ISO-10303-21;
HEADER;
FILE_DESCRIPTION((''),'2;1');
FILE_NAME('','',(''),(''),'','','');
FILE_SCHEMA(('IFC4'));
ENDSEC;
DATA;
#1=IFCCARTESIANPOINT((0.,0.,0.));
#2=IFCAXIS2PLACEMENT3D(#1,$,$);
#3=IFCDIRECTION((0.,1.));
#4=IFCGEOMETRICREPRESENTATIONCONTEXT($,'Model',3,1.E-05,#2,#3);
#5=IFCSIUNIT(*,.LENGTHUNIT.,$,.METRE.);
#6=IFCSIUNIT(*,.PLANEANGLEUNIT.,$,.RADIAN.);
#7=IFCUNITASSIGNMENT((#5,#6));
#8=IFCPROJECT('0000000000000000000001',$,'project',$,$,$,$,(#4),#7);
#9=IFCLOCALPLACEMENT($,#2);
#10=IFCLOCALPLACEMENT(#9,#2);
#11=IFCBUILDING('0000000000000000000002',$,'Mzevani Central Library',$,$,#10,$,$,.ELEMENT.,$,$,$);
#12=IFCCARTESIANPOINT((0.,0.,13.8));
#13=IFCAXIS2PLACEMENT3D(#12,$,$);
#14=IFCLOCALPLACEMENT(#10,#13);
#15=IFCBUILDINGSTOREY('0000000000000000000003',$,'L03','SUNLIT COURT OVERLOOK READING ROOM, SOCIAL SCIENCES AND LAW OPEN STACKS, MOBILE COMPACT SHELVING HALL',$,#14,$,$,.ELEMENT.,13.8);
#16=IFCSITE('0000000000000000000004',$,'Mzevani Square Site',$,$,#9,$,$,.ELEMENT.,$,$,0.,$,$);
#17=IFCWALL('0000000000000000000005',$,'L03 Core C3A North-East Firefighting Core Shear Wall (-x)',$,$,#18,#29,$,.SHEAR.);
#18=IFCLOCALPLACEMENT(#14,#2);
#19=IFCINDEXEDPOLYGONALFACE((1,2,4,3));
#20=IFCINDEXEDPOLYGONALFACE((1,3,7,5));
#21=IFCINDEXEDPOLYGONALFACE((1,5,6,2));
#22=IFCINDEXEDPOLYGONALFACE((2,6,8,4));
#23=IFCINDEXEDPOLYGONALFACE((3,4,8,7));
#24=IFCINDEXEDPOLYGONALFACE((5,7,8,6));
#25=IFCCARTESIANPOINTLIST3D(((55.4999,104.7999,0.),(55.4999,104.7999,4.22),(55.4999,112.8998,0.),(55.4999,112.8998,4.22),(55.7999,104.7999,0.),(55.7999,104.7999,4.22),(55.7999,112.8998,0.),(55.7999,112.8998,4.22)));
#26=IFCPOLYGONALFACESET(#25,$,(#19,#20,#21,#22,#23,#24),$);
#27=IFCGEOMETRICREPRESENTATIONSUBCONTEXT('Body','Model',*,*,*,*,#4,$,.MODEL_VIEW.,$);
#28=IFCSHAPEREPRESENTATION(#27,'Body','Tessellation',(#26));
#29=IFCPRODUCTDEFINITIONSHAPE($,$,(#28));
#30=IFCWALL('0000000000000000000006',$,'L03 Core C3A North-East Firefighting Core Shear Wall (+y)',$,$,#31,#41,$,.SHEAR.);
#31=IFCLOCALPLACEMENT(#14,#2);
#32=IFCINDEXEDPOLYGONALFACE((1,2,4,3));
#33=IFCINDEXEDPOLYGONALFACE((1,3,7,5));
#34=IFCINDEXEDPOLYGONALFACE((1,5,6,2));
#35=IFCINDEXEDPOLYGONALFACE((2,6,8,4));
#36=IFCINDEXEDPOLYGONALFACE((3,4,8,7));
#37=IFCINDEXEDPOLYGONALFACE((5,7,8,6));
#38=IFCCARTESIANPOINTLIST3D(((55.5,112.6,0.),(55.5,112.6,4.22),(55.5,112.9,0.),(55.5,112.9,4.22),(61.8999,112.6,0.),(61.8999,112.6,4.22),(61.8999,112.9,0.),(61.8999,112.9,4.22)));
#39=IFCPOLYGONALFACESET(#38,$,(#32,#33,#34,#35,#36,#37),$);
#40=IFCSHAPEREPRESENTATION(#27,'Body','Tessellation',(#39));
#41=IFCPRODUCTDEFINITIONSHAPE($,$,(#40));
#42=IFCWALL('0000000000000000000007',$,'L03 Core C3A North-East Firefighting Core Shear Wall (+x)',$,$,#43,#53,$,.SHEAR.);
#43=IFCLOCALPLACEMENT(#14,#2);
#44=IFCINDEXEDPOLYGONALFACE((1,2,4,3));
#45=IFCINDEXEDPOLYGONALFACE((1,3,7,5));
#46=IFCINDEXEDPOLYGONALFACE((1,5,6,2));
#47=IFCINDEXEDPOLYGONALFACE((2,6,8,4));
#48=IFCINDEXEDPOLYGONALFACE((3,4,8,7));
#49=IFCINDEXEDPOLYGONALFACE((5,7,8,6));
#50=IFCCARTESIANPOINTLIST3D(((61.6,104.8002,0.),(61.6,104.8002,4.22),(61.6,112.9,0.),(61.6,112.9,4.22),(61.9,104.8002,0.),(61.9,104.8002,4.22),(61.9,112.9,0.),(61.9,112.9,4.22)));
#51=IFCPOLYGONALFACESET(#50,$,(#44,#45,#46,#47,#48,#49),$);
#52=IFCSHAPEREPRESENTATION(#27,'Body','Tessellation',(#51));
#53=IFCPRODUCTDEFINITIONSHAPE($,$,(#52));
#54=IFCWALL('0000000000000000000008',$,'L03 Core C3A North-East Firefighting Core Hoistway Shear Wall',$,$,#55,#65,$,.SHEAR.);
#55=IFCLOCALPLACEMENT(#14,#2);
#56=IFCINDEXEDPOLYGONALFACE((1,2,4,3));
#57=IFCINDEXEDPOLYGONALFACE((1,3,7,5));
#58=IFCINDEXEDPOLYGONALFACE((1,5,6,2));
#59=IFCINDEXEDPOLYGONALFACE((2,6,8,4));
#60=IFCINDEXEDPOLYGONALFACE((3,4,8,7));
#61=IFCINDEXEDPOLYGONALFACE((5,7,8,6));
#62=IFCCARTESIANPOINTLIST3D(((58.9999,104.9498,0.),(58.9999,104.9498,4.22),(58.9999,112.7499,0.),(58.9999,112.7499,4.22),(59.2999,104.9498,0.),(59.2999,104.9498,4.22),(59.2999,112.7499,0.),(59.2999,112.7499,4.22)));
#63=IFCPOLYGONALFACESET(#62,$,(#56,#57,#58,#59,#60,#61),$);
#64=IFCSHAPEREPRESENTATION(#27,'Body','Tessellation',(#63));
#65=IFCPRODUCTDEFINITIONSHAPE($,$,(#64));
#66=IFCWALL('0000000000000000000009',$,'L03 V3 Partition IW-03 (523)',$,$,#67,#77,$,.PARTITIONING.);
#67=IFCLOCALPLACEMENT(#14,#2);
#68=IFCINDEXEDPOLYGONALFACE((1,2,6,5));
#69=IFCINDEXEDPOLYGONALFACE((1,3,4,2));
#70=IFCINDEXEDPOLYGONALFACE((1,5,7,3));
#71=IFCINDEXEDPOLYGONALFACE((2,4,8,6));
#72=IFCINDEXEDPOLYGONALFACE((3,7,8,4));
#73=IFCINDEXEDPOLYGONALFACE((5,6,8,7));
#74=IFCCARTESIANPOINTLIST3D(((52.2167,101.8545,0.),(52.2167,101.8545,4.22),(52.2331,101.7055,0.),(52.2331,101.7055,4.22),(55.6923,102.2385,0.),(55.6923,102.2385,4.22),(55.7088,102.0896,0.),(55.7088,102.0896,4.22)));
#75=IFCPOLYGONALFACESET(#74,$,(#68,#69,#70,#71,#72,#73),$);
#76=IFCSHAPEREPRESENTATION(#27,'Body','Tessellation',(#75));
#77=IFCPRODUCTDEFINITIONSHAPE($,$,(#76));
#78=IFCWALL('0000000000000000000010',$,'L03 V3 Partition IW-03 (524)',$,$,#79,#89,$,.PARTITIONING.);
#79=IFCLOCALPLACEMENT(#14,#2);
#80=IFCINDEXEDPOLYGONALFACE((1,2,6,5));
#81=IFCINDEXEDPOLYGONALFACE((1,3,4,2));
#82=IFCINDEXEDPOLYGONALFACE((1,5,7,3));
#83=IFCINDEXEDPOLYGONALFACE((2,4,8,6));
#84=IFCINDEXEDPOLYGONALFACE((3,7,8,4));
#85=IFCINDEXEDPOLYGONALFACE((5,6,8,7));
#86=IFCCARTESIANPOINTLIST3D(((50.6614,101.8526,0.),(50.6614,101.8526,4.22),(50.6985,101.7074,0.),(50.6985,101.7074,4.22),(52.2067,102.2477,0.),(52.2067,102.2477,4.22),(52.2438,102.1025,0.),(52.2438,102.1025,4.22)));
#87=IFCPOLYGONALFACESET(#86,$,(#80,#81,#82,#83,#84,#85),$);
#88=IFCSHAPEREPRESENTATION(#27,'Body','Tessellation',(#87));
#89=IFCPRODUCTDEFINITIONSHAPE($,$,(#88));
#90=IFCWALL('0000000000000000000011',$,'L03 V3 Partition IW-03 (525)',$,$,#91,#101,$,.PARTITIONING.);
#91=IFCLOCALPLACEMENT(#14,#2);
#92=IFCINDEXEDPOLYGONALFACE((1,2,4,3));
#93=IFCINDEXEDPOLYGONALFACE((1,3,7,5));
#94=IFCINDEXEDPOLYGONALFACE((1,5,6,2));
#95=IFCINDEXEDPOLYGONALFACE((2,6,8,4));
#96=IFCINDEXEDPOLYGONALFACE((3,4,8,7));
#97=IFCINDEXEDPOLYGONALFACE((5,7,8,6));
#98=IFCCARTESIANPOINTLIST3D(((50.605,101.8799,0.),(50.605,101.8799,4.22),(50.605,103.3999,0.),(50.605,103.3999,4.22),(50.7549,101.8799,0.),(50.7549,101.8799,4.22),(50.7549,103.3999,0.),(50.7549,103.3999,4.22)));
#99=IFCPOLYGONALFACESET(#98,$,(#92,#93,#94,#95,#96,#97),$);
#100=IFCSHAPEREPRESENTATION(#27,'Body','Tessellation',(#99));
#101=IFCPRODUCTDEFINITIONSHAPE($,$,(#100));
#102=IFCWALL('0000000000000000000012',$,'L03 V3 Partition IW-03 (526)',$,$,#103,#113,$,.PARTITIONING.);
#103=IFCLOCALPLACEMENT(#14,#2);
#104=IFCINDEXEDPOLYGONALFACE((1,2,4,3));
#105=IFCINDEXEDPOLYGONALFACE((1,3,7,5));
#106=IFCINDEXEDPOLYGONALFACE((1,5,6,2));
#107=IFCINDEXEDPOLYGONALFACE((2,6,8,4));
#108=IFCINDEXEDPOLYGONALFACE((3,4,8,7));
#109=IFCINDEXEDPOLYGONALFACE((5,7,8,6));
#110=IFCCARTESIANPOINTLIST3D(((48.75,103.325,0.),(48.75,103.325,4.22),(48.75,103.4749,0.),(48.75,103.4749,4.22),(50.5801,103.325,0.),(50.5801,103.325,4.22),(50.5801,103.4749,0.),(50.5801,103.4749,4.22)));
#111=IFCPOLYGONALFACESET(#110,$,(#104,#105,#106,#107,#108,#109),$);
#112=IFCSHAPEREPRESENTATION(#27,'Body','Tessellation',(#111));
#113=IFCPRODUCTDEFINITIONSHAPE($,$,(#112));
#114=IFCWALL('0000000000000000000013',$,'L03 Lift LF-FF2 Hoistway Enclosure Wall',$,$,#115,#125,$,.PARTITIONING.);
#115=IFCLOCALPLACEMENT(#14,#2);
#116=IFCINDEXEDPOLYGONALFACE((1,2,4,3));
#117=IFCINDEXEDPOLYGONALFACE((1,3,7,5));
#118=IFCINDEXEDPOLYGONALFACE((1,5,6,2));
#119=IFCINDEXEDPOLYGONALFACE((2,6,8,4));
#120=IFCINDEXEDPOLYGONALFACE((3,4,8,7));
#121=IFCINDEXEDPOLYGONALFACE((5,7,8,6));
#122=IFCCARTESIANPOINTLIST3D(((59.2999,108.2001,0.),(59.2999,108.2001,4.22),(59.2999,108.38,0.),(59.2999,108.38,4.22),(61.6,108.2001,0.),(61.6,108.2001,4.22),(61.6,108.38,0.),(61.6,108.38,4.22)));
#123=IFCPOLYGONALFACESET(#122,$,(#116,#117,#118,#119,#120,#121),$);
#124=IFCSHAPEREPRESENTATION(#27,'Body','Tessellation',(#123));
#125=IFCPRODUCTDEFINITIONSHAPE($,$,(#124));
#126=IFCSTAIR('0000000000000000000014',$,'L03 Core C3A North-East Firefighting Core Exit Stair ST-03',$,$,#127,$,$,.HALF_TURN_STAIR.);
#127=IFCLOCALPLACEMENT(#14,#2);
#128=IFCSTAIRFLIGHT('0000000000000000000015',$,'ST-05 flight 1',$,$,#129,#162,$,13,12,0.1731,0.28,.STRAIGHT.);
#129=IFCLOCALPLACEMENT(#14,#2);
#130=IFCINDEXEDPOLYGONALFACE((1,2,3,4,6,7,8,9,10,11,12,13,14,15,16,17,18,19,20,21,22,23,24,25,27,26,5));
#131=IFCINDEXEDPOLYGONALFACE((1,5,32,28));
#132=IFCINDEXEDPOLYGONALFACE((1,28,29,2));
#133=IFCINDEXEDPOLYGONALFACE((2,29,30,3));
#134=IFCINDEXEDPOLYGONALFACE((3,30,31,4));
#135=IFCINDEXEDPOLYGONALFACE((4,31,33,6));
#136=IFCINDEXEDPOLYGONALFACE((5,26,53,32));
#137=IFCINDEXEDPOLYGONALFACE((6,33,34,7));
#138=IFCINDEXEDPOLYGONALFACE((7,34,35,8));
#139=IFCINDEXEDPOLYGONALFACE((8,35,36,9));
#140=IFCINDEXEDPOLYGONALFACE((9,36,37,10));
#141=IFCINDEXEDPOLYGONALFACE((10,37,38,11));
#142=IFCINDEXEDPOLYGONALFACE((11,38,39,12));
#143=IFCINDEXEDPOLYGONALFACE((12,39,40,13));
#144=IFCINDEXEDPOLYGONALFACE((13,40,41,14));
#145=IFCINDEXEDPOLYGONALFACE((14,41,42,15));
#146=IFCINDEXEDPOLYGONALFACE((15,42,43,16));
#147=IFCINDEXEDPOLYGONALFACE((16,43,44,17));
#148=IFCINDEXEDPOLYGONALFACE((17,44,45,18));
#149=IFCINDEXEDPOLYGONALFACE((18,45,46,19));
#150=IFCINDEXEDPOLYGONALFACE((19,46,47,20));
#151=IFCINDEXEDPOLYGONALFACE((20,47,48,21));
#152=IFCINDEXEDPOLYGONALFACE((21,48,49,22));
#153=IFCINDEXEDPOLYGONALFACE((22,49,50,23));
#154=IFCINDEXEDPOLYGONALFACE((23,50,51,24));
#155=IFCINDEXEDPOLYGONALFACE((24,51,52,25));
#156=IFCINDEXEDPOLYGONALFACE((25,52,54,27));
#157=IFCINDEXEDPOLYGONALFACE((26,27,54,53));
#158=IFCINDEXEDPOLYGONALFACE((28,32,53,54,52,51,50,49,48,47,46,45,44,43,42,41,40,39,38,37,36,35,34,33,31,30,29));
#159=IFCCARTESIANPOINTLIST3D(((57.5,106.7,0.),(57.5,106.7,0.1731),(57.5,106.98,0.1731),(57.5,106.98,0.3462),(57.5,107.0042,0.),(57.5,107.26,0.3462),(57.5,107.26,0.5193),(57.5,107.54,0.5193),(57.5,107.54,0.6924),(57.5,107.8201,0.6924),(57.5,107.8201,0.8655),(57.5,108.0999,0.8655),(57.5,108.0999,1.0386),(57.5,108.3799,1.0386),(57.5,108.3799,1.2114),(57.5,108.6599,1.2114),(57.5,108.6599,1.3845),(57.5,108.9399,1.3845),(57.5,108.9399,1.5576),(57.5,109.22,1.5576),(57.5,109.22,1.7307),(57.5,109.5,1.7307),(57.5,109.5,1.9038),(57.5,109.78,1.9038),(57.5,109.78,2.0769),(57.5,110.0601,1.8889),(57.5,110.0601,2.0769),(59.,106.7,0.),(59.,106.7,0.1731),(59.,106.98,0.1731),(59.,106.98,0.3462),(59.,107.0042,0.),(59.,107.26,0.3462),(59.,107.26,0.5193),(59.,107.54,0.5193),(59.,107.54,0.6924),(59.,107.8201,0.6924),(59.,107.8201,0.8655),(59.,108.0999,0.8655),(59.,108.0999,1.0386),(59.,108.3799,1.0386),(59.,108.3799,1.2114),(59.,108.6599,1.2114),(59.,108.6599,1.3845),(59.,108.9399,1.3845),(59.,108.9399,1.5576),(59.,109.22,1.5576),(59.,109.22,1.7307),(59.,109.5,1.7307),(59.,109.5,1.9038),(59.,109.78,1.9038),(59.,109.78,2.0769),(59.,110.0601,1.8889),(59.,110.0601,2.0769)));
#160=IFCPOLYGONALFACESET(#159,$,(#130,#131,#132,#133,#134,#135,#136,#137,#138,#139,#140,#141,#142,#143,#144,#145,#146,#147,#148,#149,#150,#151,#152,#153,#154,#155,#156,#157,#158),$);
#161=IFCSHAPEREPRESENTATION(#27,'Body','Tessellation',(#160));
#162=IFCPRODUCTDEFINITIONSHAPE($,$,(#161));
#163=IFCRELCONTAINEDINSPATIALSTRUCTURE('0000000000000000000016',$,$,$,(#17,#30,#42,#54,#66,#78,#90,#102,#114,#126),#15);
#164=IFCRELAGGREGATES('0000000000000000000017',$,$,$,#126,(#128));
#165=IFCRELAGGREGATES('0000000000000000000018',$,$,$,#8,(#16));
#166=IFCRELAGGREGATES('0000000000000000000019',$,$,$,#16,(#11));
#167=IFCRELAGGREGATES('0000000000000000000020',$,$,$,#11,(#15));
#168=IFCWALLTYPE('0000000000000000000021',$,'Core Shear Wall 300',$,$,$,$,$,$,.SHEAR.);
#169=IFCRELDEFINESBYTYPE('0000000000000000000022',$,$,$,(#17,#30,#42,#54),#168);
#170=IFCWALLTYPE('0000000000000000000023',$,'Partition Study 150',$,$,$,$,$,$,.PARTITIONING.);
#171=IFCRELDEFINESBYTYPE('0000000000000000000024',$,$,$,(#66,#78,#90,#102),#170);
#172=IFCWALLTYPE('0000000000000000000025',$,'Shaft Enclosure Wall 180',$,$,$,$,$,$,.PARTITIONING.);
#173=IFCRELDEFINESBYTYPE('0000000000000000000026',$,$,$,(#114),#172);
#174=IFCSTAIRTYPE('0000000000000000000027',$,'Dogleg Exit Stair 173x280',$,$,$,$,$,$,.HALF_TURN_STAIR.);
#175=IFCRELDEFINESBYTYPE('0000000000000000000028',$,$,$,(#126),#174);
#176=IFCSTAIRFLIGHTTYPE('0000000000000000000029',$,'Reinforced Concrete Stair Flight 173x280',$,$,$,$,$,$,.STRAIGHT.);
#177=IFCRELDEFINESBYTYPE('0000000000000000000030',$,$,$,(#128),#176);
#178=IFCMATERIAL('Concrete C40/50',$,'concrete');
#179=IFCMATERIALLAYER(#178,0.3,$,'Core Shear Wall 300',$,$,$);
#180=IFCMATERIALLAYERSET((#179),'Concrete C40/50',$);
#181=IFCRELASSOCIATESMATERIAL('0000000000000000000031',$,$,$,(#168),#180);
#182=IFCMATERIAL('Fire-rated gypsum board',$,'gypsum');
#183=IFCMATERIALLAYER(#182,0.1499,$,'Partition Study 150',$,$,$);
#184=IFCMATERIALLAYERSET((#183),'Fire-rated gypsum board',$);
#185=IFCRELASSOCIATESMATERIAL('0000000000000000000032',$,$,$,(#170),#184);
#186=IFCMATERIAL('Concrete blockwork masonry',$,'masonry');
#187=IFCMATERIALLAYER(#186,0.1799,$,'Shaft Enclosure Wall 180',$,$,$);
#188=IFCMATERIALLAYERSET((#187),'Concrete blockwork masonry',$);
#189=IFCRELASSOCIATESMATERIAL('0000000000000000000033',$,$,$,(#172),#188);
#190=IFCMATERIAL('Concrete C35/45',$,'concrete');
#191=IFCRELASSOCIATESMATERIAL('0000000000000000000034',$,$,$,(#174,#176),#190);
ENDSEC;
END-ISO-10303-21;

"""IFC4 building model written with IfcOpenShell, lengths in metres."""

from ifc_helpers import new_model, si_unit, direction, frame, frame_2d, origin, place, context, subcontext, project, spatial, polyline, rectangle, outline, extrude, material, layer, layer_set, type_object, element, aggregate, save


model = new_model("IFC4")

# Units and contexts
model_context = context("Model", 3, precision=1e-05, world=origin(), true_north=direction((0.0, 1.0)))
body_context = subcontext(model_context, "Body", "Model", "MODEL_VIEW")
ifc_project = project(units=[si_unit("LENGTHUNIT", "METRE"), si_unit("PLANEANGLEUNIT", "RADIAN")], contexts=[model_context])

# Site, building, storey
site_placement = place(None, origin())
site = spatial("IfcSite", under=ifc_project, at=site_placement, Name="Mzevani Square Site", CompositionType="ELEMENT", RefElevation=0.0)
building_placement = place(site_placement, origin())
building = spatial("IfcBuilding", under=site, at=building_placement, Name="Mzevani Central Library", CompositionType="ELEMENT")
storey_placement = place(building_placement, frame((0.0, 0.0, 13.8)))
storey = spatial("IfcBuildingStorey", under=building, at=storey_placement, Name="L03", Description="SUNLIT COURT OVERLOOK READING ROOM, SOCIAL SCIENCES AND LAW OPEN STACKS, MOBILE COMPACT SHELVING HALL", CompositionType="ELEMENT", Elevation=13.8)

# Shared definitions
ifc_material_1 = material(Name="Concrete C40/50", Category="concrete")

# Shared definitions
ifc_material_2 = material(Name="Concrete C35/45", Category="concrete")

# Shared definitions
ifc_layer_1 = layer(ifc_material_1, 0.3, Name="Core Shear Wall 300")
ifc_layer_set_1 = layer_set([ifc_layer_1], Name="Concrete C40/50")
wall_type_1 = type_object("IfcWallType", Name="Core Shear Wall 300", PredefinedType="SHEAR", material=ifc_layer_set_1)

# Walls
wall_1_placement = place(storey_placement, frame((55.6499, 104.8, 0.0), z_axis=(0.0, 0.0, 1.0), x_axis=(0.0, 1.0, 0.0)))
element("IfcWall", 1, at=wall_1_placement, inside=storey, type_object=wall_type_1, Name="L03 Core C3A North-East Firefighting Core Shear Wall (-x)", PredefinedType="SHEAR", context=body_context, shape_type="SweptSolid", body=[
    extrude(rectangle(XDim=8.0999, YDim=0.3, at=frame_2d((4.0498, 0.0))), origin(), (0.0, 0.0, 1.0), 4.22),
])
wall_2_placement = place(storey_placement, frame((55.5, 112.75, 0.0), z_axis=(0.0, 0.0, 1.0), x_axis=(1.0, 0.0, 0.0)))
element("IfcWall", 2, at=wall_2_placement, inside=storey, type_object=wall_type_1, Name="L03 Core C3A North-East Firefighting Core Shear Wall (+y)", PredefinedType="SHEAR", context=body_context, shape_type="SweptSolid", body=[
    extrude(rectangle(XDim=6.3999, YDim=0.3, at=frame_2d((3.2, 0.0))), origin(), (0.0, 0.0, 1.0), 4.22),
])
wall_3_placement = place(storey_placement, frame((61.75, 112.8999, 0.0), z_axis=(0.0, 0.0, 1.0), x_axis=(0.0, -1.0, 0.0)))
element("IfcWall", 3, at=wall_3_placement, inside=storey, type_object=wall_type_1, Name="L03 Core C3A North-East Firefighting Core Shear Wall (+x)", PredefinedType="SHEAR", context=body_context, shape_type="SweptSolid", body=[
    extrude(rectangle(XDim=8.0999, YDim=0.3, at=frame_2d((4.0498, 0.0))), origin(), (0.0, 0.0, 1.0), 4.22),
])
wall_4_placement = place(storey_placement, frame((59.1499, 104.95, 0.0), z_axis=(0.0, 0.0, 1.0), x_axis=(0.0, 1.0, 0.0)))
element("IfcWall", 4, at=wall_4_placement, inside=storey, type_object=wall_type_1, Name="L03 Core C3A North-East Firefighting Core Hoistway Shear Wall", PredefinedType="SHEAR", context=body_context, shape_type="SweptSolid", body=[
    extrude(rectangle(XDim=7.8, YDim=0.3, at=frame_2d((3.8999, 0.0))), origin(), (0.0, 0.0, 1.0), 4.22),
])
ifc_material_3 = material(Name="Fire-rated gypsum board", Category="gypsum")
ifc_layer_2 = layer(ifc_material_3, 0.1499, Name="Partition Study 150")
ifc_layer_set_2 = layer_set([ifc_layer_2], Name="Fire-rated gypsum board")
wall_type_2 = type_object("IfcWallType", Name="Partition Study 150", PredefinedType="PARTITIONING", material=ifc_layer_set_2)
wall_5_placement = place(storey_placement, frame((55.7007, 102.1641, 0.0), z_axis=(0.0, 0.0, 1.0), x_axis=(-0.993951, -0.109826, 0.0)))
element("IfcWall", 5, at=wall_5_placement, inside=storey, type_object=wall_type_2, Name="L03 V3 Partition IW-03 (523)", PredefinedType="PARTITIONING", context=body_context, shape_type="SweptSolid", body=[
    extrude(rectangle(XDim=3.4968, YDim=0.1499, at=frame_2d((1.7485, 0.0))), origin(), (0.0, 0.0, 1.0), 4.22),
])
wall_6_placement = place(storey_placement, frame((52.2251, 102.175, 0.0), z_axis=(0.0, 0.0, 1.0), x_axis=(-0.968841, -0.247683, 0.0)))
element("IfcWall", 6, at=wall_6_placement, inside=storey, type_object=wall_type_2, Name="L03 V3 Partition IW-03 (524)", PredefinedType="PARTITIONING", context=body_context, shape_type="SweptSolid", body=[
    extrude(rectangle(XDim=1.595, YDim=0.1499, at=frame_2d((0.7974, 0.0))), origin(), (0.0, 0.0, 1.0), 4.22),
])
wall_7_placement = place(storey_placement, frame((50.6799, 101.8799, 0.0), z_axis=(0.0, 0.0, 1.0), x_axis=(0.0, 1.0, 0.0)))
element("IfcWall", 7, at=wall_7_placement, inside=storey, type_object=wall_type_2, Name="L03 V3 Partition IW-03 (525)", PredefinedType="PARTITIONING", context=body_context, shape_type="SweptSolid", body=[
    extrude(rectangle(XDim=1.52, YDim=0.1499, at=frame_2d((0.76, 0.0))), origin(), (0.0, 0.0, 1.0), 4.22),
])
wall_8_placement = place(storey_placement, frame((50.5801, 103.3999, 0.0), z_axis=(0.0, 0.0, 1.0), x_axis=(-1.0, 0.0, 0.0)))
element("IfcWall", 8, at=wall_8_placement, inside=storey, type_object=wall_type_2, Name="L03 V3 Partition IW-03 (526)", PredefinedType="PARTITIONING", context=body_context, shape_type="SweptSolid", body=[
    extrude(rectangle(XDim=1.8301, YDim=0.1499, at=frame_2d((0.915, 0.0))), origin(), (0.0, 0.0, 1.0), 4.22),
])
ifc_material_4 = material(Name="Concrete blockwork masonry", Category="masonry")
ifc_layer_3 = layer(ifc_material_4, 0.1799, Name="Shaft Enclosure Wall 180")
ifc_layer_set_3 = layer_set([ifc_layer_3], Name="Concrete blockwork masonry")
wall_type_3 = type_object("IfcWallType", Name="Shaft Enclosure Wall 180", PredefinedType="PARTITIONING", material=ifc_layer_set_3)
wall_9_placement = place(storey_placement, frame((59.3, 108.29, 0.0), z_axis=(0.0, 0.0, 1.0), x_axis=(1.0, 0.0, 0.0)))
element("IfcWall", 9, at=wall_9_placement, inside=storey, type_object=wall_type_3, Name="L03 Lift LF-FF2 Hoistway Enclosure Wall", PredefinedType="PARTITIONING", context=body_context, shape_type="SweptSolid", body=[
    extrude(rectangle(XDim=2.3, YDim=0.1799, at=frame_2d((1.1499, 0.0))), origin(), (0.0, 0.0, 1.0), 4.22),
])

# Stair, stair flight
stair_type = type_object("IfcStairType", Name="Dogleg Exit Stair 173x280", PredefinedType="HALF_TURN_STAIR", material=ifc_material_2)
stair_placement = place(storey_placement, origin())
stair = element("IfcStair", 10, at=stair_placement, inside=storey, type_object=stair_type, Name="L03 Core C3A North-East Firefighting Core Exit Stair ST-03", PredefinedType="HALF_TURN_STAIR")
stair_flight_type = type_object("IfcStairFlightType", Name="Reinforced Concrete Stair Flight 173x280", PredefinedType="STRAIGHT", material=ifc_material_2)
stair_flight_1_placement = place(storey_placement, frame((58.25, 106.7, 0.0), z_axis=(0.0, 0.0, 1.0), x_axis=(0.0, 1.0, 0.0)))
stair_flight_1 = element("IfcStairFlight", 11, at=stair_flight_1_placement, type_object=stair_flight_type, Name="ST-05 flight 1", NumberOfRisers=13, NumberOfTreads=12, PredefinedType="STRAIGHT", RiserHeight=0.1731, TreadLength=0.28, context=body_context, shape_type="SweptSolid", body=[
    extrude(outline(polyline([(0.0, 0.0), (0.0, 0.1731), (0.28, 0.1731), (0.28, 0.3462), (0.5601, 0.3462), (0.5601, 0.5193), (0.8401, 0.5193), (0.8401, 0.6924), (1.1201, 0.6924), (1.1201, 0.8655), (1.3999, 0.8655), (1.3999, 1.0386), (1.6799, 1.0386), (1.6799, 1.2114), (1.96, 1.2114), (1.96, 1.3845), (2.24, 1.3845), (2.24, 1.5576), (2.52, 1.5576), (2.52, 1.7307), (2.8, 1.7307), (2.8, 1.9038), (3.0801, 1.9038), (3.0801, 2.0769), (3.3601, 2.0769), (3.3601, 2.25), (3.3601, 1.8889), (0.3042, 0.0), (0.0, 0.0)])), frame((0.0, 0.75, 0.0), z_axis=(0.0, -1.0, 0.0), x_axis=(1.0, 0.0, 0.0)), (0.0, 0.0, 1.0), 1.5),
])
aggregate(stair, [stair_flight_1])

save(model, "model.ifc")
